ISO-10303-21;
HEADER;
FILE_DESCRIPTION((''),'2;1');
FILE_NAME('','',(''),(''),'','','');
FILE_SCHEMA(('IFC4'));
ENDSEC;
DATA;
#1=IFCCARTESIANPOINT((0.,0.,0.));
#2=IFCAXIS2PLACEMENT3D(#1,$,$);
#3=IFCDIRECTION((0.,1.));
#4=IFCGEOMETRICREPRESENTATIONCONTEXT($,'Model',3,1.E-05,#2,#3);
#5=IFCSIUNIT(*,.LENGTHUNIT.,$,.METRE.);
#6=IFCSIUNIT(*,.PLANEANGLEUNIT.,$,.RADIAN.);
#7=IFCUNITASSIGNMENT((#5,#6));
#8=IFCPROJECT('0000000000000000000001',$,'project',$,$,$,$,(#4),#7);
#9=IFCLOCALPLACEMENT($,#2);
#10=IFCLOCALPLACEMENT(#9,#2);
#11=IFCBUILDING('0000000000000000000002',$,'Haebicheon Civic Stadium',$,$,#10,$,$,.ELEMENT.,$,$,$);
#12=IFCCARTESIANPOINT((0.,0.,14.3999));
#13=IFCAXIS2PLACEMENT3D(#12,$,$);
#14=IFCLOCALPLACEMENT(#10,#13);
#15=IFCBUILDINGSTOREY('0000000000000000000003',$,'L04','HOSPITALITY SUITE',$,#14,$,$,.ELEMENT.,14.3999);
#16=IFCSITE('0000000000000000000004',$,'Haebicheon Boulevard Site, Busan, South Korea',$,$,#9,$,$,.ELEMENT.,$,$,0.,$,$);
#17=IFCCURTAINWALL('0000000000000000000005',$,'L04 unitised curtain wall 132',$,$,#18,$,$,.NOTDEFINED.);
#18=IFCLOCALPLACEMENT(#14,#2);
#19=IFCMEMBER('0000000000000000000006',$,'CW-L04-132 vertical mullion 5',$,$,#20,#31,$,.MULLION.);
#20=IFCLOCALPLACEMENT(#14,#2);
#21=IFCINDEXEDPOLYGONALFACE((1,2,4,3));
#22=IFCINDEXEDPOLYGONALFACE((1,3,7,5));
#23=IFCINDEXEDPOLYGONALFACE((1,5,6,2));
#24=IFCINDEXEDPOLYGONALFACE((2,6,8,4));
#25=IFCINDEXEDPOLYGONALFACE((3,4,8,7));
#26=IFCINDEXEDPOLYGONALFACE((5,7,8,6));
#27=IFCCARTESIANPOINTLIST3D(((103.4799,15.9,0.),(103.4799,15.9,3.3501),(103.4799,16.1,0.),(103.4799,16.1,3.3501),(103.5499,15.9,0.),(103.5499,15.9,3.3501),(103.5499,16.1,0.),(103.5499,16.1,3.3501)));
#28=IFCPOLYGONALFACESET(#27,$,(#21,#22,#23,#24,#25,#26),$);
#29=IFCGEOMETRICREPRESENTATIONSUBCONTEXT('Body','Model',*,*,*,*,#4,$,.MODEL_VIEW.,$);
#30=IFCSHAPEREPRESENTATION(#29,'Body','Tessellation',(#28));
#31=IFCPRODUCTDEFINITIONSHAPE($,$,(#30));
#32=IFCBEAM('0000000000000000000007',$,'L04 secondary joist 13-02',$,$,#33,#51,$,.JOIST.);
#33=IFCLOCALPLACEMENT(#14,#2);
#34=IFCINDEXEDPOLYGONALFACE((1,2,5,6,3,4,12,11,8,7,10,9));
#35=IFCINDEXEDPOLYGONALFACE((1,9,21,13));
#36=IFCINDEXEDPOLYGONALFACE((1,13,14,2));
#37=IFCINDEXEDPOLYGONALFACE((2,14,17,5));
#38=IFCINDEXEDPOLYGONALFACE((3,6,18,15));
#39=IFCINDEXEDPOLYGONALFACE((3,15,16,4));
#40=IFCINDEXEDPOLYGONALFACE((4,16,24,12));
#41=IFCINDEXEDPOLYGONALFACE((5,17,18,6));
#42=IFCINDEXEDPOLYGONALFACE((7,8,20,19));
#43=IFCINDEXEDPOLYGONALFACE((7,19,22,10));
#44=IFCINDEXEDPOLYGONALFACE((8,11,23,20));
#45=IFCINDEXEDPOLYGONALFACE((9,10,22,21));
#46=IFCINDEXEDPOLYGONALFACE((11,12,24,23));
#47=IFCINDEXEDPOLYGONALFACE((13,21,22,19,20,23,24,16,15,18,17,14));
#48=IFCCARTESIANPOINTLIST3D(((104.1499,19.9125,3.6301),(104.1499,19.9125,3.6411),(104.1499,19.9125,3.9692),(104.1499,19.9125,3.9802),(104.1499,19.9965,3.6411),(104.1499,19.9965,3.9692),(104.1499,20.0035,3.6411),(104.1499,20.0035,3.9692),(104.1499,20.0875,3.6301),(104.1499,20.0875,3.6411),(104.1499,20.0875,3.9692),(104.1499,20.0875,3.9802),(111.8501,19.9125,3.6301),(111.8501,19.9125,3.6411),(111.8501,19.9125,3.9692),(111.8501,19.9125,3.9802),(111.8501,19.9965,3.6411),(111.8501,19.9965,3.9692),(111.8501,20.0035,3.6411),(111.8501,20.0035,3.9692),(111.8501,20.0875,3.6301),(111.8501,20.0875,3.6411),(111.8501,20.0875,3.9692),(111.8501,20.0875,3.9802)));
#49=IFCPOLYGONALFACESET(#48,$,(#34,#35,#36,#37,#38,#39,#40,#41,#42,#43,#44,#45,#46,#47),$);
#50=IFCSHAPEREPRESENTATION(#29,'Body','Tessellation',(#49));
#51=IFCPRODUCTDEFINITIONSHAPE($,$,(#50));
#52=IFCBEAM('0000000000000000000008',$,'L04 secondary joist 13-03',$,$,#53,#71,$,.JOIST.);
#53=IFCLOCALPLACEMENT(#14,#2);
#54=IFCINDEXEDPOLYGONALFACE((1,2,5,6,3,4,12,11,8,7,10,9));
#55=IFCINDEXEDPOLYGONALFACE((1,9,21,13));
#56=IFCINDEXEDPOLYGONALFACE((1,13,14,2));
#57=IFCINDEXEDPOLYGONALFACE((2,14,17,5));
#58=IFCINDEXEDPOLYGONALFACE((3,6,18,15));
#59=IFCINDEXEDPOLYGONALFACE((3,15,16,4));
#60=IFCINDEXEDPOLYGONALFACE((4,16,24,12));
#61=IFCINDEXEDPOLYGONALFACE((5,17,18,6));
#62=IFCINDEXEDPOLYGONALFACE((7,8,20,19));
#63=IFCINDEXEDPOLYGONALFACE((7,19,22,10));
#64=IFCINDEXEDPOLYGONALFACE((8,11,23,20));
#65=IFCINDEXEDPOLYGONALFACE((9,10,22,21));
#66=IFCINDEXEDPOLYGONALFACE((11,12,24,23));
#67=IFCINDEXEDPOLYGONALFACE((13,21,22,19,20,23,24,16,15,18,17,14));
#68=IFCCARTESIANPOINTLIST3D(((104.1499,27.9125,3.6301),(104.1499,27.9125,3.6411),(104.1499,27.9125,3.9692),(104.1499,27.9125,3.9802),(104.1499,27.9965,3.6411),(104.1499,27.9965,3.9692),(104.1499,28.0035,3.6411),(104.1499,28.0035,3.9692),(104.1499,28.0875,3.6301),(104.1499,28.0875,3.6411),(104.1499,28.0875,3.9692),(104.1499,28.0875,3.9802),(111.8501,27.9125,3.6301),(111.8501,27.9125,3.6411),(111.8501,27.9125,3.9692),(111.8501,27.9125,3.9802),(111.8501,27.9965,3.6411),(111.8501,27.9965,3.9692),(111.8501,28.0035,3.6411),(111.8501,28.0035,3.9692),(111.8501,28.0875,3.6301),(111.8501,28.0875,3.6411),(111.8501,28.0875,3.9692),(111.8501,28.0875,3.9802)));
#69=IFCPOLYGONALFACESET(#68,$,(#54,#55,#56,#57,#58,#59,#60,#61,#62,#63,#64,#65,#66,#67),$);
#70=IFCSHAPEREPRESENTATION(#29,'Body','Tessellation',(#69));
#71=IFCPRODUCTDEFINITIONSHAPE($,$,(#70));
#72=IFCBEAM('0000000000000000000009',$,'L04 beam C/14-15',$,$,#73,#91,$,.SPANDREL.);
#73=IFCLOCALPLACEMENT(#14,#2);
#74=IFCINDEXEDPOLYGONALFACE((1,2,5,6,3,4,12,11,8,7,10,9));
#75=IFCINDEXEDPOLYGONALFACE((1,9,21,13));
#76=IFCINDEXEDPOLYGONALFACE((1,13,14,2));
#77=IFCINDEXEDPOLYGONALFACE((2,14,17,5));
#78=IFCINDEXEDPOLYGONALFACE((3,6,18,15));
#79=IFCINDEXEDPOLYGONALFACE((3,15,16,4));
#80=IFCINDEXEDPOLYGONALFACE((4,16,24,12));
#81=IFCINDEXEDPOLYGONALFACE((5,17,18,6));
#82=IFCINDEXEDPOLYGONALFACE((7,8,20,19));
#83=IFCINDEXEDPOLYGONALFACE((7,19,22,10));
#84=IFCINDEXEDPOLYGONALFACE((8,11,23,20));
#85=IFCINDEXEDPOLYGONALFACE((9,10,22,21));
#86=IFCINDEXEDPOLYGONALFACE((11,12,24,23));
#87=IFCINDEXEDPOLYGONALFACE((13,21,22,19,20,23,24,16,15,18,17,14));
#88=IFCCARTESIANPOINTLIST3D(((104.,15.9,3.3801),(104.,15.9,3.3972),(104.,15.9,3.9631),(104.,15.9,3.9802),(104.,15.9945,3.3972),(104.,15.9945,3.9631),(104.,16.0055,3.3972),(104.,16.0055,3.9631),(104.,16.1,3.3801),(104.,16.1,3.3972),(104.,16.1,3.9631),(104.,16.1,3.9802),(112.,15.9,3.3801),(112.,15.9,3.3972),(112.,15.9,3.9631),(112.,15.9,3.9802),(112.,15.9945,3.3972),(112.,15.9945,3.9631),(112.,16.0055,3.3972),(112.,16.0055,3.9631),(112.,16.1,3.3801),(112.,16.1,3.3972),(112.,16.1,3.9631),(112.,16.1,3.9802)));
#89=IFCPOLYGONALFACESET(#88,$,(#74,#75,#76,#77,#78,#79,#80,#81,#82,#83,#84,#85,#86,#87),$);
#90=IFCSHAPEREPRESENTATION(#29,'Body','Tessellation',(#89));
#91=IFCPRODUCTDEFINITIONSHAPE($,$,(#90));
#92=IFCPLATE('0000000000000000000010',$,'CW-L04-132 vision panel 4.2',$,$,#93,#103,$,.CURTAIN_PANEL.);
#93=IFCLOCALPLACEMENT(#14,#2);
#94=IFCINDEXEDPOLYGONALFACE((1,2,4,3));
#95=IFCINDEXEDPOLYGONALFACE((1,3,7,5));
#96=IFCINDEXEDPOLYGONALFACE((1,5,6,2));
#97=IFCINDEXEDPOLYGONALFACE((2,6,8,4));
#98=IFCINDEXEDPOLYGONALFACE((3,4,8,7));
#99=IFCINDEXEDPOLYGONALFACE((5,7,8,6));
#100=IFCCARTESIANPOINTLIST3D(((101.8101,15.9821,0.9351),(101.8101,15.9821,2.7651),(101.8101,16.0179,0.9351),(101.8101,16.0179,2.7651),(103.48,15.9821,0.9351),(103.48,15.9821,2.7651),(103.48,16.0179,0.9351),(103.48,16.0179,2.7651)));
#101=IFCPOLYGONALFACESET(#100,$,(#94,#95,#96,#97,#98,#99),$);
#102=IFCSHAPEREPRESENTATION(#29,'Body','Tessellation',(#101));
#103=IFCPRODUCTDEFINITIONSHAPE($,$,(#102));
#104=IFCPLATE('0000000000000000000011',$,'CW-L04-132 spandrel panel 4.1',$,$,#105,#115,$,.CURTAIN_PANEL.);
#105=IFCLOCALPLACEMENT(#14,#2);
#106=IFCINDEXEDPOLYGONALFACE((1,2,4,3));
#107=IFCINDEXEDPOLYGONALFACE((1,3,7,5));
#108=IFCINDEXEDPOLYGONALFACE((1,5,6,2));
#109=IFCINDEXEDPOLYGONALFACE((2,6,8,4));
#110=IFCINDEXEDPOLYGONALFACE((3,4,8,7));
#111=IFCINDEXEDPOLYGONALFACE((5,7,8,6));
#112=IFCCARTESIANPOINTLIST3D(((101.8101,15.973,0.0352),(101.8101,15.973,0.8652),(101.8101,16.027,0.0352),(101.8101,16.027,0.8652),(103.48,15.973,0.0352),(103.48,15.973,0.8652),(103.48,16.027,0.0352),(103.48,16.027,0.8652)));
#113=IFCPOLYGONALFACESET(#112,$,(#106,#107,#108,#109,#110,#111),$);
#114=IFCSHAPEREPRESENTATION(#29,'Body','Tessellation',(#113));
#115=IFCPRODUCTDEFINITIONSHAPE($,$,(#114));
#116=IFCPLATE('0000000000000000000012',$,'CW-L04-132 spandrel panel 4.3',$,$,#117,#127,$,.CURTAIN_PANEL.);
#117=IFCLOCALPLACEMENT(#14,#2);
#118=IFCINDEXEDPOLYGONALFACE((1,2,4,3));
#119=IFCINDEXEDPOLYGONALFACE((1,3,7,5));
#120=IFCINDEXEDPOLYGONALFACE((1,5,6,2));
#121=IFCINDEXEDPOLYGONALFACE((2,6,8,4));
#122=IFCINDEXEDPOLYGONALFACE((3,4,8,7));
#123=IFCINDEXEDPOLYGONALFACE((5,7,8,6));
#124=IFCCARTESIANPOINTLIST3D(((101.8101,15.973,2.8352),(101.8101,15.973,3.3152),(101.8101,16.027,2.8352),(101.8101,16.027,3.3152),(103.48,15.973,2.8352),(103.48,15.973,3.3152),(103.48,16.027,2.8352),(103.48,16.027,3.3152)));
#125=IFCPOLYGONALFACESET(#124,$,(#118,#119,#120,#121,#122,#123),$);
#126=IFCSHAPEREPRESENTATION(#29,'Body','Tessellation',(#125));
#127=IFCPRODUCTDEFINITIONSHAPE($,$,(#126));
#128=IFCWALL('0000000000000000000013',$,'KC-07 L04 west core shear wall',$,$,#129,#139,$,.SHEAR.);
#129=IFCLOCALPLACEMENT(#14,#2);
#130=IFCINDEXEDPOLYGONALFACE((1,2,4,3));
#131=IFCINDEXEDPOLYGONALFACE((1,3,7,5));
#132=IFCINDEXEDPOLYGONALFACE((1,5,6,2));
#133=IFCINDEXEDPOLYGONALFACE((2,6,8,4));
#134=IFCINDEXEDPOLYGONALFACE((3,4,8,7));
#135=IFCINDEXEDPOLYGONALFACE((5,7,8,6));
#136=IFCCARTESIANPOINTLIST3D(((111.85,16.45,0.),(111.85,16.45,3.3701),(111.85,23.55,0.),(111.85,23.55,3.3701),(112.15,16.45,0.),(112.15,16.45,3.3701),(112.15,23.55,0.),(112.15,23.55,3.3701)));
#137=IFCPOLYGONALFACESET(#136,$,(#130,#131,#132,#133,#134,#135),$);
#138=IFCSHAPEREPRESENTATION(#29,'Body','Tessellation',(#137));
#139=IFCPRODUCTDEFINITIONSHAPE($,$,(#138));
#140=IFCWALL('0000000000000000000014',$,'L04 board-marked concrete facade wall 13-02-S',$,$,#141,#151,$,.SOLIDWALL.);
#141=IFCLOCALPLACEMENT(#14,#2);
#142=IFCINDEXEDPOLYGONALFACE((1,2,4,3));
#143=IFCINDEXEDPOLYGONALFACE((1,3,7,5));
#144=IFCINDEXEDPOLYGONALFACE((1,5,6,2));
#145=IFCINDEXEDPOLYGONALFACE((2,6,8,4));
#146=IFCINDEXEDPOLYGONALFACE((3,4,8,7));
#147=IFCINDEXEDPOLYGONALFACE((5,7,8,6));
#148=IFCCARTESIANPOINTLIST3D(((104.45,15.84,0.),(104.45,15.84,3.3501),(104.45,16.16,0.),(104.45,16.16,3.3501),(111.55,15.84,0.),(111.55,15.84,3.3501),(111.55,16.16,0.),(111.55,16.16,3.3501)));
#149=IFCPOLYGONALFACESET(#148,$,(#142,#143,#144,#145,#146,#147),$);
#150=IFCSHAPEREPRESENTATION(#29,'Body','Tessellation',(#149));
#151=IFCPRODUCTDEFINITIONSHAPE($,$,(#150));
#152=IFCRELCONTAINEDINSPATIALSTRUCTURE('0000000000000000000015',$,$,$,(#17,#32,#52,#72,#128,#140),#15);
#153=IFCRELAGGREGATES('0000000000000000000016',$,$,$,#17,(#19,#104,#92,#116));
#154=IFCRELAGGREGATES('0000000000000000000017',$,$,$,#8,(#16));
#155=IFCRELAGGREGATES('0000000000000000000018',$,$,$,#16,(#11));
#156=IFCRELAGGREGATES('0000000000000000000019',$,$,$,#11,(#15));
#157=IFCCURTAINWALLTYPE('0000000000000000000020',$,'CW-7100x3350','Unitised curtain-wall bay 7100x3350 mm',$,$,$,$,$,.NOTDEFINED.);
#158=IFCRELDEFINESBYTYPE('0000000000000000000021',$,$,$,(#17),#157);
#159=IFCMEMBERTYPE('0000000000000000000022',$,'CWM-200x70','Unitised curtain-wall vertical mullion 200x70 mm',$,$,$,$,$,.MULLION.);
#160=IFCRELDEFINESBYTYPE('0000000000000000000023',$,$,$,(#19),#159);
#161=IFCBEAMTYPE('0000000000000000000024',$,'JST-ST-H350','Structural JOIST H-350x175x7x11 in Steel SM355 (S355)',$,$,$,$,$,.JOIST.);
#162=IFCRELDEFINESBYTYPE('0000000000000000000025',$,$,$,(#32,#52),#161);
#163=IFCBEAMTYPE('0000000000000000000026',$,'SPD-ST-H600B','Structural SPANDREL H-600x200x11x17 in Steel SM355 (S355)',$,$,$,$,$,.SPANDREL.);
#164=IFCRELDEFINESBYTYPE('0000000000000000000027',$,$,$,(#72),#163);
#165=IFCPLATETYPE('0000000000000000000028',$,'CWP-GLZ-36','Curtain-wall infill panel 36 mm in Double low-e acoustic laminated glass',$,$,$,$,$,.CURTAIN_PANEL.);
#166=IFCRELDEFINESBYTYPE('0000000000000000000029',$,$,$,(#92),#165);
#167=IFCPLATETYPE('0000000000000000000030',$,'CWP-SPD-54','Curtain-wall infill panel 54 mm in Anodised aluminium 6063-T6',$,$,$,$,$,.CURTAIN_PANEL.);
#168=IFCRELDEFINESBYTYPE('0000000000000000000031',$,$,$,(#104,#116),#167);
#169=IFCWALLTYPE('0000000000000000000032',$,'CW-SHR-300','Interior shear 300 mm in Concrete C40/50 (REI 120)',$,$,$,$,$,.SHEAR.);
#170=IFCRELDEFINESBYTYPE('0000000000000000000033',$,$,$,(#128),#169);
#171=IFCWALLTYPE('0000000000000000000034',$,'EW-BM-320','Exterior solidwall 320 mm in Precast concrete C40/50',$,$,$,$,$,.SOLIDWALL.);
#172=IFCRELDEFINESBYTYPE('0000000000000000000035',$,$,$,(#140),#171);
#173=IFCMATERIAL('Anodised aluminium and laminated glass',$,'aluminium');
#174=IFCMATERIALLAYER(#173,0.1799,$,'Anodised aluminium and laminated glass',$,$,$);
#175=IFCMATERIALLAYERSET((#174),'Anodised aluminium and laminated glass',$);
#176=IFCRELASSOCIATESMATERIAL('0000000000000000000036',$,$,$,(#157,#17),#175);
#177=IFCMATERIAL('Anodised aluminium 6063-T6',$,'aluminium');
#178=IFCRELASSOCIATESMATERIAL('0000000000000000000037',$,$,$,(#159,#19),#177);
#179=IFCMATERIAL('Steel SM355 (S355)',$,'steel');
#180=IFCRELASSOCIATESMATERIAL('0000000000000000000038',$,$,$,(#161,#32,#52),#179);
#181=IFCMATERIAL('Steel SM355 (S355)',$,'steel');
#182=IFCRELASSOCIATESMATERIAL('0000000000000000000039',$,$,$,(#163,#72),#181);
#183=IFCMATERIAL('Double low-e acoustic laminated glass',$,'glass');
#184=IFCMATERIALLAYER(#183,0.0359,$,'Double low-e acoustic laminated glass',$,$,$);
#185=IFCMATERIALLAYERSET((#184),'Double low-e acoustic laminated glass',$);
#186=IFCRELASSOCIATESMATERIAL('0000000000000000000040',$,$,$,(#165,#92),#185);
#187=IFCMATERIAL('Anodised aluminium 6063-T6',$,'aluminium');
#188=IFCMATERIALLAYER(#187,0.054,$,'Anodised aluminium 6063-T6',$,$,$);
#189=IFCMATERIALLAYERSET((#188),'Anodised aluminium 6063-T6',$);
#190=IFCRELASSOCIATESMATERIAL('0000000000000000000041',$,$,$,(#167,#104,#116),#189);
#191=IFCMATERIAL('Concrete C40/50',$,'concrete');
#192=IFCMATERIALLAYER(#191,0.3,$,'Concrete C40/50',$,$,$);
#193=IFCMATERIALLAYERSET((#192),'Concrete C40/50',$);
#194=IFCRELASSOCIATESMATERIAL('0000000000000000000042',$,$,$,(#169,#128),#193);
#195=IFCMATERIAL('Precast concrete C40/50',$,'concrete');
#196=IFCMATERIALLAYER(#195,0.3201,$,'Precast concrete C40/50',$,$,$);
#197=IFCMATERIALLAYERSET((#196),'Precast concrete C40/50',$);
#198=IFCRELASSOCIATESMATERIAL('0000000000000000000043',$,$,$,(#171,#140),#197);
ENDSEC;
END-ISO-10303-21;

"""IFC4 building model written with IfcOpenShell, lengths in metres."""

from ifc_helpers import new_model, si_unit, direction, frame, frame_2d, origin, origin_2d, place, context, subcontext, project, spatial, rectangle, i_section, extrude, material, layer, layer_set, material_profile, profile_set, type_object, element, aggregate, save


model = new_model("IFC4")

# Units and contexts
model_context = context("Model", 3, precision=1e-05, world=origin(), true_north=direction((0.0, 1.0)))
body_context = subcontext(model_context, "Body", "Model", "MODEL_VIEW")
ifc_project = project(units=[si_unit("LENGTHUNIT", "METRE"), si_unit("PLANEANGLEUNIT", "RADIAN")], contexts=[model_context])

# Site, building, storey
site_placement = place(None, origin())
site = spatial("IfcSite", under=ifc_project, at=site_placement, Name="Haebicheon Boulevard Site, Busan, South Korea", CompositionType="ELEMENT", RefElevation=0.0)
building_placement = place(site_placement, origin())
building = spatial("IfcBuilding", under=site, at=building_placement, Name="Haebicheon Civic Stadium", CompositionType="ELEMENT")
storey_placement = place(building_placement, frame((0.0, 0.0, 14.3999)))
storey = spatial("IfcBuildingStorey", under=building, at=storey_placement, Name="L04", Description="HOSPITALITY SUITE", CompositionType="ELEMENT", Elevation=14.3999)

# Curtain wall, member
ifc_material_1 = material(Name="Anodised aluminium and laminated glass", Category="aluminium")
ifc_layer_1 = layer(ifc_material_1, 0.1799, Name="Anodised aluminium and laminated glass")
ifc_layer_set_1 = layer_set([ifc_layer_1], Name="Anodised aluminium and laminated glass")
curtain_wall_type = type_object("IfcCurtainWallType", Name="CW-7100x3350", Description="Unitised curtain-wall bay 7100x3350 mm", PredefinedType="NOTDEFINED", material=ifc_layer_set_1)
curtain_wall_placement = place(storey_placement, origin())
curtain_wall = element("IfcCurtainWall", 1, at=curtain_wall_placement, inside=storey, type_object=curtain_wall_type, material=ifc_layer_set_1, Name="L04 unitised curtain wall 132", PredefinedType="NOTDEFINED")
ifc_material_2 = material(Name="Anodised aluminium 6063-T6", Category="aluminium")
ifc_material_profile_1 = material_profile(ifc_material_2, rectangle(XDim=0.0701, YDim=0.2, at=origin_2d()), Name="ALU-MULL-70x200")
ifc_profile_set_1 = profile_set([ifc_material_profile_1], Name="Anodised aluminium 6063-T6")
member_type = type_object("IfcMemberType", Name="CWM-200x70", Description="Unitised curtain-wall vertical mullion 200x70 mm", PredefinedType="MULLION", material=ifc_profile_set_1)
member_placement = place(storey_placement, frame((103.5149, 16.0, 0.0), z_axis=(0.0, 0.0, 1.0), x_axis=(1.0, 0.0, 0.0)))
member = element("IfcMember", 2, at=member_placement, type_object=member_type, material=ifc_profile_set_1, Name="CW-L04-132 vertical mullion 5", PredefinedType="MULLION", context=body_context, shape_type="SweptSolid", body=[
    extrude(rectangle(XDim=0.0701, YDim=0.2, at=origin_2d()), origin(), (0.0, 0.0, 1.0), 3.3501),
])

# Beams
ifc_material_3 = material(Name="Steel SM355 (S355)", Category="steel")
ifc_material_profile_2 = material_profile(ifc_material_3, i_section(OverallWidth=0.175, OverallDepth=0.3501, WebThickness=0.0071, FlangeThickness=0.011, at=origin_2d()), Name="H-350x175x7x11")
ifc_profile_set_2 = profile_set([ifc_material_profile_2], Name="Steel SM355 (S355)")
beam_type_1 = type_object("IfcBeamType", Name="JST-ST-H350", Description="Structural JOIST H-350x175x7x11 in Steel SM355 (S355)", PredefinedType="JOIST", material=ifc_profile_set_2)
for number, where, z_axis, x_axis, name in (
    (3, (104.1499, 20.0, 3.8052), (1.0, 0.0, 0.0), (0.0, 1.0, 0.0), "L04 secondary joist 13-02"),
    (4, (104.1499, 28.0, 3.8052), (1.0, 0.0, 0.0), (0.0, 1.0, 0.0), "L04 secondary joist 13-03"),
):
    element("IfcBeam", number, at=place(storey_placement, frame(where, z_axis=z_axis, x_axis=x_axis)), inside=storey, type_object=beam_type_1, material=ifc_profile_set_2, Name=name, PredefinedType="JOIST", context=body_context, shape_type="SweptSolid", body=[
        extrude(i_section(OverallWidth=0.175, OverallDepth=0.3501, WebThickness=0.0071, FlangeThickness=0.011, at=origin_2d()), origin(), (0.0, 0.0, 1.0), 7.7002),
    ])
ifc_material_4 = material(Name="Steel SM355 (S355)", Category="steel")
ifc_material_profile_3 = material_profile(ifc_material_4, i_section(OverallWidth=0.2, OverallDepth=0.6001, WebThickness=0.011, FlangeThickness=0.0171, at=origin_2d()), Name="H-600x200x11x17")
ifc_profile_set_3 = profile_set([ifc_material_profile_3], Name="Steel SM355 (S355)")
beam_type_2 = type_object("IfcBeamType", Name="SPD-ST-H600B", Description="Structural SPANDREL H-600x200x11x17 in Steel SM355 (S355)", PredefinedType="SPANDREL", material=ifc_profile_set_3)
beam_placement = place(storey_placement, frame((104.0, 16.0, 3.6802), z_axis=(1.0, 0.0, 0.0), x_axis=(0.0, 1.0, 0.0)))
element("IfcBeam", 5, at=beam_placement, inside=storey, type_object=beam_type_2, material=ifc_profile_set_3, Name="L04 beam C/14-15", PredefinedType="SPANDREL", context=body_context, shape_type="SweptSolid", body=[
    extrude(i_section(OverallWidth=0.2, OverallDepth=0.6001, WebThickness=0.011, FlangeThickness=0.0171, at=origin_2d()), origin(), (0.0, 0.0, 1.0), 8.0),
])

# Plates
ifc_material_5 = material(Name="Double low-e acoustic laminated glass", Category="glass")
ifc_layer_2 = layer(ifc_material_5, 0.0359, Name="Double low-e acoustic laminated glass")
ifc_layer_set_2 = layer_set([ifc_layer_2], Name="Double low-e acoustic laminated glass")
plate_type_1 = type_object("IfcPlateType", Name="CWP-GLZ-36", Description="Curtain-wall infill panel 36 mm in Double low-e acoustic laminated glass", PredefinedType="CURTAIN_PANEL", material=ifc_layer_set_2)
plate_1_placement = place(storey_placement, frame((102.645, 16.0, 0.9351), z_axis=(0.0, 0.0, 1.0), x_axis=(1.0, 0.0, 0.0)))
plate_1 = element("IfcPlate", 6, at=plate_1_placement, type_object=plate_type_1, material=ifc_layer_set_2, Name="CW-L04-132 vision panel 4.2", PredefinedType="CURTAIN_PANEL", context=body_context, shape_type="SweptSolid", body=[
    extrude(rectangle(XDim=1.6699, YDim=0.0359, at=origin_2d()), origin(), (0.0, 0.0, 1.0), 1.8301),
])
ifc_material_6 = material(Name="Anodised aluminium 6063-T6", Category="aluminium")
ifc_layer_3 = layer(ifc_material_6, 0.054, Name="Anodised aluminium 6063-T6")
ifc_layer_set_3 = layer_set([ifc_layer_3], Name="Anodised aluminium 6063-T6")
plate_type_2 = type_object("IfcPlateType", Name="CWP-SPD-54", Description="Curtain-wall infill panel 54 mm in Anodised aluminium 6063-T6", PredefinedType="CURTAIN_PANEL", material=ifc_layer_set_3)
plate_2_placement = place(storey_placement, frame((102.645, 16.0, 0.0352), z_axis=(0.0, 0.0, 1.0), x_axis=(1.0, 0.0, 0.0)))
plate_2 = element("IfcPlate", 7, at=plate_2_placement, type_object=plate_type_2, material=ifc_layer_set_3, Name="CW-L04-132 spandrel panel 4.1", PredefinedType="CURTAIN_PANEL", context=body_context, shape_type="SweptSolid", body=[
    extrude(rectangle(XDim=1.6699, YDim=0.054, at=origin_2d()), origin(), (0.0, 0.0, 1.0), 0.8301),
])
plate_3_placement = place(storey_placement, frame((102.645, 16.0, 2.8352), z_axis=(0.0, 0.0, 1.0), x_axis=(1.0, 0.0, 0.0)))
plate_3 = element("IfcPlate", 8, at=plate_3_placement, type_object=plate_type_2, material=ifc_layer_set_3, Name="CW-L04-132 spandrel panel 4.3", PredefinedType="CURTAIN_PANEL", context=body_context, shape_type="SweptSolid", body=[
    extrude(rectangle(XDim=1.6699, YDim=0.054, at=origin_2d()), origin(), (0.0, 0.0, 1.0), 0.48),
])
aggregate(curtain_wall, [member, plate_2, plate_1, plate_3])

# Walls
ifc_material_7 = material(Name="Concrete C40/50", Category="concrete")
ifc_layer_4 = layer(ifc_material_7, 0.3, Name="Concrete C40/50")
ifc_layer_set_4 = layer_set([ifc_layer_4], Name="Concrete C40/50")
wall_type_1 = type_object("IfcWallType", Name="CW-SHR-300", Description="Interior shear 300 mm in Concrete C40/50 (REI 120)", PredefinedType="SHEAR", material=ifc_layer_set_4)
wall_1_placement = place(storey_placement, frame((112.0, 16.45, 0.0), z_axis=(0.0, 0.0, 1.0), x_axis=(0.0, 1.0, 0.0)))
element("IfcWall", 9, at=wall_1_placement, inside=storey, type_object=wall_type_1, material=ifc_layer_set_4, Name="KC-07 L04 west core shear wall", PredefinedType="SHEAR", context=body_context, shape_type="SweptSolid", body=[
    extrude(rectangle(XDim=7.1001, YDim=0.3, at=frame_2d((3.55, 0.0))), origin(), (0.0, 0.0, 1.0), 3.3701),
])
ifc_material_8 = material(Name="Precast concrete C40/50", Category="concrete")
ifc_layer_5 = layer(ifc_material_8, 0.3201, Name="Precast concrete C40/50")
ifc_layer_set_5 = layer_set([ifc_layer_5], Name="Precast concrete C40/50")
wall_type_2 = type_object("IfcWallType", Name="EW-BM-320", Description="Exterior solidwall 320 mm in Precast concrete C40/50", PredefinedType="SOLIDWALL", material=ifc_layer_set_5)
wall_2_placement = place(storey_placement, frame((104.45, 16.0, 0.0), z_axis=(0.0, 0.0, 1.0), x_axis=(1.0, 0.0, 0.0)))
element("IfcWall", 10, at=wall_2_placement, inside=storey, type_object=wall_type_2, material=ifc_layer_set_5, Name="L04 board-marked concrete facade wall 13-02-S", PredefinedType="SOLIDWALL", context=body_context, shape_type="SweptSolid", body=[
    extrude(rectangle(XDim=7.1001, YDim=0.3201, at=frame_2d((3.55, 0.0))), origin(), (0.0, 0.0, 1.0), 3.3501),
])

save(model, "model.ifc")
